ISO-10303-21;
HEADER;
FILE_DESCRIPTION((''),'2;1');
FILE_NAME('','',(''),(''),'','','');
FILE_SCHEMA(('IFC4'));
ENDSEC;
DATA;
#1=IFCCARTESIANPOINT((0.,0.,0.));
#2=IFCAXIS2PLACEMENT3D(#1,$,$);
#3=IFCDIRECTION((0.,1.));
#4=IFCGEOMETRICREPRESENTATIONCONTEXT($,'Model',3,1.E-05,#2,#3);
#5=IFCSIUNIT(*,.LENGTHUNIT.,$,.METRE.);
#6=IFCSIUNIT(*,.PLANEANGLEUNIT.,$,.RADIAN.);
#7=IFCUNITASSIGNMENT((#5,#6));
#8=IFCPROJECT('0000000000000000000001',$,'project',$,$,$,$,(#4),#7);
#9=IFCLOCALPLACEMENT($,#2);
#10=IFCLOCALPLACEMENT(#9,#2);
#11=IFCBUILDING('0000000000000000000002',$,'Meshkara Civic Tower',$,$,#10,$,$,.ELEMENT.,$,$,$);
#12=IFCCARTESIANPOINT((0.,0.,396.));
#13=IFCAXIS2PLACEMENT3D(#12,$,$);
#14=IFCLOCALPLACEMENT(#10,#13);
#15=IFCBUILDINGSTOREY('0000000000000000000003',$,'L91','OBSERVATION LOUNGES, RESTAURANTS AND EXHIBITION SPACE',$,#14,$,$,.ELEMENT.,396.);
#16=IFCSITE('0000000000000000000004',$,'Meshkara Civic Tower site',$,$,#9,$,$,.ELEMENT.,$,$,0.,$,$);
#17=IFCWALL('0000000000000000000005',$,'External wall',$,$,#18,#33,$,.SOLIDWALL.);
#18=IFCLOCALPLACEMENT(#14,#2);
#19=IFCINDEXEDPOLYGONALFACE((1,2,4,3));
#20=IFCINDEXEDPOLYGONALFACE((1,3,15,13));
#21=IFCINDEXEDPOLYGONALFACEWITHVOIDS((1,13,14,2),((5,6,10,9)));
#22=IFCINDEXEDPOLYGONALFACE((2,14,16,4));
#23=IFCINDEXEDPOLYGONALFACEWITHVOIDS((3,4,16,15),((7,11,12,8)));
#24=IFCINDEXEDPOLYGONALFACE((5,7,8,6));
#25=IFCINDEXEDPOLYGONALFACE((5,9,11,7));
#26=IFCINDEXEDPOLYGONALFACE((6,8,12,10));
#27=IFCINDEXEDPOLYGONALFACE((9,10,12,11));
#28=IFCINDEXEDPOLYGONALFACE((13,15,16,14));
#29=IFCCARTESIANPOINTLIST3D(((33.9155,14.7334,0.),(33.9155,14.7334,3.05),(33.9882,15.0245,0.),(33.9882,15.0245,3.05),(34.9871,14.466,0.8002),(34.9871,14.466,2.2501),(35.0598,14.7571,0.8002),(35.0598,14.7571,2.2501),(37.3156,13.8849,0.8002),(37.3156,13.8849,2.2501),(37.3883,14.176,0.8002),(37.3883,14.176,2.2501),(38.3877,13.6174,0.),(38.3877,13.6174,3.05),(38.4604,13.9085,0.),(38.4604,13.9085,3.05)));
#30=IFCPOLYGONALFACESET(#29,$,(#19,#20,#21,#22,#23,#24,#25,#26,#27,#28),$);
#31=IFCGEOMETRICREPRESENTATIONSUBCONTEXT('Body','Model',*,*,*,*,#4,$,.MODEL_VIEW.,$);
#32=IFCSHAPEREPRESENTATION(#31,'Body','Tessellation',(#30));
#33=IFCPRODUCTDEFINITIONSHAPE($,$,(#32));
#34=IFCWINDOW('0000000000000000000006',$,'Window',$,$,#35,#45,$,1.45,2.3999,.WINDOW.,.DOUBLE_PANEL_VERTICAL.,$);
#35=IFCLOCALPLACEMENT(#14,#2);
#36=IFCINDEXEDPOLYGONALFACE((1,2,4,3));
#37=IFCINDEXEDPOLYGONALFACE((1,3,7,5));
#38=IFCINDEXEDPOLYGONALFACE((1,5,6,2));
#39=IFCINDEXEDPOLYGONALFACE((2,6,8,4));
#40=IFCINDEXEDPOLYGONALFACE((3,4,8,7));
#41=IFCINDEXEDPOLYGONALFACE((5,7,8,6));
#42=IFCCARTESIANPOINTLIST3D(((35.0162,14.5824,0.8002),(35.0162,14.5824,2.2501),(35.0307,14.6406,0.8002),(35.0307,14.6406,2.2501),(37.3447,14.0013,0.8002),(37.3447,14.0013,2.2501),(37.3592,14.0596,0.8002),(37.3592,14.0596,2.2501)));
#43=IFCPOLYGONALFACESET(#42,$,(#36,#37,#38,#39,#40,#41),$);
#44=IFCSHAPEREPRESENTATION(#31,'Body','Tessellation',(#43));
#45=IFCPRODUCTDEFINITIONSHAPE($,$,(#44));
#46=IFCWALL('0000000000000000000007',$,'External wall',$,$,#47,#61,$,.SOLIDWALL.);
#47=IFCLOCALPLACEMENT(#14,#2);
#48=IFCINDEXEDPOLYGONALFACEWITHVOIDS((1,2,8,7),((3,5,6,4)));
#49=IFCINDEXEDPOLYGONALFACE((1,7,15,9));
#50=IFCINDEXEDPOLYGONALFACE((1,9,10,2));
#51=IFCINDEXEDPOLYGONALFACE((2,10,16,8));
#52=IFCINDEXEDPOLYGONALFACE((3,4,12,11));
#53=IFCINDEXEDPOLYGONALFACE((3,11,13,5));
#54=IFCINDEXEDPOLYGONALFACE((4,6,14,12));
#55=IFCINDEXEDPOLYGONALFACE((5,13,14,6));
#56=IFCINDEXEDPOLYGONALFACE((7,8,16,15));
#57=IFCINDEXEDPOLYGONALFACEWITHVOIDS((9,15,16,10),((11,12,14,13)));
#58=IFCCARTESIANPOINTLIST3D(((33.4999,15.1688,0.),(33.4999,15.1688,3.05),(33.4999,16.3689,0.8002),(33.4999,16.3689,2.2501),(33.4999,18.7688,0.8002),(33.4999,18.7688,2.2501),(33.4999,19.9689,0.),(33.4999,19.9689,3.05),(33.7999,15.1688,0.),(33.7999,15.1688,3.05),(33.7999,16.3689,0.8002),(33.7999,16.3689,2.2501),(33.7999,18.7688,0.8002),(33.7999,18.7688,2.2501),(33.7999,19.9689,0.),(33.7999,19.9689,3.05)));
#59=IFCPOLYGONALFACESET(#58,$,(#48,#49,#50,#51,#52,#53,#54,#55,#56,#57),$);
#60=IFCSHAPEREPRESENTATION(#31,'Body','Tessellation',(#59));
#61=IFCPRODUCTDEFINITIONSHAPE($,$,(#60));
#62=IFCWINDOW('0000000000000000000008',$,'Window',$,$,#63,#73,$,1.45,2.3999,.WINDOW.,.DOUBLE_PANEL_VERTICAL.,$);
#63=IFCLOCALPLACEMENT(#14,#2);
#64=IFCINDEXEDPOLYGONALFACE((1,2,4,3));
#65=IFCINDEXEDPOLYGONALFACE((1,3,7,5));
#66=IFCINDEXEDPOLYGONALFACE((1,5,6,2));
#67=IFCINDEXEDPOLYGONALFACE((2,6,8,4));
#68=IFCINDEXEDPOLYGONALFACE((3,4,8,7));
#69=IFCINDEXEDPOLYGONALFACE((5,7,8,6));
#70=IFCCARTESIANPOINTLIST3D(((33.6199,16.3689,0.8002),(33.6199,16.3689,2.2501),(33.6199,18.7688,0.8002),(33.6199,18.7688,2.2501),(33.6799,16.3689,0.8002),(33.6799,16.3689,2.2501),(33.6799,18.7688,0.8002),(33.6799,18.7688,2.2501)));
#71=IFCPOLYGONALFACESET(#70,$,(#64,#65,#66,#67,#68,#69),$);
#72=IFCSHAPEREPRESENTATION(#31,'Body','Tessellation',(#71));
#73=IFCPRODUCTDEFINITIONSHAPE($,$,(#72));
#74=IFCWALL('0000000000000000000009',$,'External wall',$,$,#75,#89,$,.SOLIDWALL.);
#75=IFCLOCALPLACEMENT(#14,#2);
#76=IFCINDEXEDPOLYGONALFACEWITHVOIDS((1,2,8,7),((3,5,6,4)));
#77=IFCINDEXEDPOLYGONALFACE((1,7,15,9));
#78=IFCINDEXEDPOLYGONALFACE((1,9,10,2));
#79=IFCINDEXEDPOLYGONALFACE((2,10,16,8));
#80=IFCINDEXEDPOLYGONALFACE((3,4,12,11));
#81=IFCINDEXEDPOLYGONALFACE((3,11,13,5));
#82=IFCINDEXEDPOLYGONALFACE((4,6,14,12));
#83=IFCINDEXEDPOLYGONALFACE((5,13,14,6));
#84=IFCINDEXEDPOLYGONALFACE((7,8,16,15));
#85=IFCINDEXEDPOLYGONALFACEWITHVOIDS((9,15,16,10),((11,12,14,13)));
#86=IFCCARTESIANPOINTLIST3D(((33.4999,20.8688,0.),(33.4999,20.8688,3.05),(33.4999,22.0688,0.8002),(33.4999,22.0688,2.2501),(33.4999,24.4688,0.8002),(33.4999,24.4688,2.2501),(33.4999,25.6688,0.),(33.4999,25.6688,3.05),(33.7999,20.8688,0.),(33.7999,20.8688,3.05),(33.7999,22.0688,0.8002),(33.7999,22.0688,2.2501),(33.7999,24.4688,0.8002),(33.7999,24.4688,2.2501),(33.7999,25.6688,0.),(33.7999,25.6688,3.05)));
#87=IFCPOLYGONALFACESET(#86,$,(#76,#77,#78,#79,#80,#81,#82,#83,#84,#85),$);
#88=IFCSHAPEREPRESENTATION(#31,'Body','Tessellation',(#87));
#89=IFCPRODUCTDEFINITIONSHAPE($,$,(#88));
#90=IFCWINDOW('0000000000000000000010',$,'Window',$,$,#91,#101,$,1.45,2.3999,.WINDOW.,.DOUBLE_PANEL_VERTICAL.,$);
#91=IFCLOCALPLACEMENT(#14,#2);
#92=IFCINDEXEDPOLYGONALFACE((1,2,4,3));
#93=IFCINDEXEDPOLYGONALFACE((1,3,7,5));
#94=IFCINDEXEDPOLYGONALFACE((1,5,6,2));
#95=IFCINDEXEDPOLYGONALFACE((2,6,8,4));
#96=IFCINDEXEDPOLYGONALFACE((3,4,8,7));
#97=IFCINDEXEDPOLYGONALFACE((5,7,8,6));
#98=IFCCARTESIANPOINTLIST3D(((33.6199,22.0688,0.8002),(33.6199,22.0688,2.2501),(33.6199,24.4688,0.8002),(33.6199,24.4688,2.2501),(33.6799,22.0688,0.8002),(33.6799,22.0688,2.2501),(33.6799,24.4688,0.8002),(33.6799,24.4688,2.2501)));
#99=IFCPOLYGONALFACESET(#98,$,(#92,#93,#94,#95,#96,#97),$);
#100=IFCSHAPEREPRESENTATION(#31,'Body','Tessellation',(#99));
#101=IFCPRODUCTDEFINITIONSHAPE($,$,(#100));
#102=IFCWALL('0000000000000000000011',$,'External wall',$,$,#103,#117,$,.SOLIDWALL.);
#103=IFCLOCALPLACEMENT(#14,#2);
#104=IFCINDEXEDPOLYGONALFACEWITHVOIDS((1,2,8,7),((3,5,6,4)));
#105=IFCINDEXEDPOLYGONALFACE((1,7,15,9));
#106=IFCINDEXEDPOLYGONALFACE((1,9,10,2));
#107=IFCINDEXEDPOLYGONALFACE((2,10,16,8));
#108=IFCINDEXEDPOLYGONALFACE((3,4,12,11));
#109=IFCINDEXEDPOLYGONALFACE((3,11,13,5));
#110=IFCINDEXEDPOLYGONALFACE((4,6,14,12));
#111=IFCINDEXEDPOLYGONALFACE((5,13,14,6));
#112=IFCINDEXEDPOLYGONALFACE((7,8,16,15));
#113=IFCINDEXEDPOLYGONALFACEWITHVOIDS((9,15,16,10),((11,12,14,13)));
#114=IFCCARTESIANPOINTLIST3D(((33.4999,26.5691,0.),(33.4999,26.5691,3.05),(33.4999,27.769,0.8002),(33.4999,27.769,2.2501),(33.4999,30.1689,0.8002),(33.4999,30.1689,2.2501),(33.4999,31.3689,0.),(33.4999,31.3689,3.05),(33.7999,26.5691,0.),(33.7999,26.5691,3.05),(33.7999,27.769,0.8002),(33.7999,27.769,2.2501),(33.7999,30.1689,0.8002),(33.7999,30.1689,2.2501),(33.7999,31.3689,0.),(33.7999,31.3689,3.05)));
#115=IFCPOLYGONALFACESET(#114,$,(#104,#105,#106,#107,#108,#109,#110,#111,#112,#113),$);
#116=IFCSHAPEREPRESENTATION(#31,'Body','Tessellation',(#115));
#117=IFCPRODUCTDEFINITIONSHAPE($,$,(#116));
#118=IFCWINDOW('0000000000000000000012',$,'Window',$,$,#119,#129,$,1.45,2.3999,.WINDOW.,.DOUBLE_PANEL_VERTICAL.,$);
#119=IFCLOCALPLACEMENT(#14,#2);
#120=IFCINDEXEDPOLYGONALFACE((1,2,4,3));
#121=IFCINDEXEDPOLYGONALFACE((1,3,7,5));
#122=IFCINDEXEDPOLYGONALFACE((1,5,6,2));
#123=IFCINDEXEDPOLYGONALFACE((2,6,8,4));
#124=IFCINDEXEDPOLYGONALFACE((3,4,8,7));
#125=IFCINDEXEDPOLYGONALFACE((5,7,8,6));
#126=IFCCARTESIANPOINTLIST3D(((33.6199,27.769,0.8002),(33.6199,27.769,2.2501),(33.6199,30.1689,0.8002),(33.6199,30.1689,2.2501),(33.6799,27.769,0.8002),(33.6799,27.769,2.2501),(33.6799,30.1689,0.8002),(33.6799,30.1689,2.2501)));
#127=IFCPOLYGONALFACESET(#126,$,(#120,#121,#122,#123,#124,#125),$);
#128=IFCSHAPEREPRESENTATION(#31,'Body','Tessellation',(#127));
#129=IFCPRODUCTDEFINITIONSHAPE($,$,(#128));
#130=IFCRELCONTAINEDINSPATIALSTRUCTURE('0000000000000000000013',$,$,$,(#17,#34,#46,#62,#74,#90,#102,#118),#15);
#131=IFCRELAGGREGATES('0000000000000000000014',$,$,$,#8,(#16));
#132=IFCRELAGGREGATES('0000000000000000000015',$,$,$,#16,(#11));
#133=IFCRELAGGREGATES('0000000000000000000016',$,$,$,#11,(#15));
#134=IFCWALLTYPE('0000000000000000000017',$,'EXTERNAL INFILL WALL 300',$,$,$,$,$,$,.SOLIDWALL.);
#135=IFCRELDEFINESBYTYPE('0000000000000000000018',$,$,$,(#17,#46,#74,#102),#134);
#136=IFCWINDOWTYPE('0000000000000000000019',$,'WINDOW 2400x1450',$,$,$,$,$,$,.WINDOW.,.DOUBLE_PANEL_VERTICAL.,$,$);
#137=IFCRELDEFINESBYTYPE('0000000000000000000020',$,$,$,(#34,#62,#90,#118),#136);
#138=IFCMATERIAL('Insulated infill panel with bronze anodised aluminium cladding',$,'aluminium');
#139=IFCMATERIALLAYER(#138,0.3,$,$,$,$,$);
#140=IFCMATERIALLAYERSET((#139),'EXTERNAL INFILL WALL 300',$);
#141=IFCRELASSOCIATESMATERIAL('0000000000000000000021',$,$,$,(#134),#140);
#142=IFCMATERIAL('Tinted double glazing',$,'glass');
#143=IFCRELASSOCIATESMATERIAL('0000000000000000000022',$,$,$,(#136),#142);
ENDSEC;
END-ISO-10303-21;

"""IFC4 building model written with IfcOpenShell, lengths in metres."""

from ifc_helpers import new_model, si_unit, direction, frame, frame_2d, origin, place, context, subcontext, project, spatial, rectangle, extrude, material, layer, layer_set, type_object, element, fill, save


model = new_model("IFC4")

# Units and contexts
model_context = context("Model", 3, precision=1e-05, world=origin(), true_north=direction((0.0, 1.0)))
body_context = subcontext(model_context, "Body", "Model", "MODEL_VIEW")
ifc_project = project(units=[si_unit("LENGTHUNIT", "METRE"), si_unit("PLANEANGLEUNIT", "RADIAN")], contexts=[model_context])

# Site, building, storey
site_placement = place(None, origin())
site = spatial("IfcSite", under=ifc_project, at=site_placement, Name="Meshkara Civic Tower site", CompositionType="ELEMENT", RefElevation=0.0)
building_placement = place(site_placement, origin())
building = spatial("IfcBuilding", under=site, at=building_placement, Name="Meshkara Civic Tower", CompositionType="ELEMENT")
storey_placement = place(building_placement, frame((0.0, 0.0, 396.0)))
storey = spatial("IfcBuildingStorey", under=building, at=storey_placement, Name="L91", Description="OBSERVATION LOUNGES, RESTAURANTS AND EXHIBITION SPACE", CompositionType="ELEMENT", Elevation=396.0)

# Walls, openings, windows
ifc_material_1 = material(Name="Insulated infill panel with bronze anodised aluminium cladding", Category="aluminium")
ifc_layer_1 = layer(ifc_material_1, 0.3)
ifc_layer_set_1 = layer_set([ifc_layer_1], Name="EXTERNAL INFILL WALL 300")
wall_type_1 = type_object("IfcWallType", Name="EXTERNAL INFILL WALL 300", PredefinedType="SOLIDWALL", material=ifc_layer_set_1)
ifc_material_2 = material(Name="Tinted double glazing", Category="glass")
window_type = type_object("IfcWindowType", Name="WINDOW 2400x1450", PartitioningType="DOUBLE_PANEL_VERTICAL", PredefinedType="WINDOW", material=ifc_material_2)
wall_1_placement = place(storey_placement, frame((38.4241, 13.7629, 0.0), z_axis=(0.0, 0.0, 1.0), x_axis=(-0.970248, 0.242112, 0.0)))
wall_1 = element("IfcWall", 1, at=wall_1_placement, inside=storey, type_object=wall_type_1, Name="External wall", PredefinedType="SOLIDWALL", context=body_context, shape_type="SweptSolid", body=[
    extrude(rectangle(XDim=4.6094, YDim=0.3, at=frame_2d((2.3047, 0.0))), origin(), (0.0, 0.0, 1.0), 3.05),
])
opening_1_placement = place(wall_1_placement, frame((1.105, 0.0, 0.8)))
opening_1 = element("IfcOpeningElement", 2, at=opening_1_placement, cuts=wall_1, PredefinedType="OPENING", context=body_context, shape_type="SweptSolid", body=[
    extrude(rectangle(XDim=2.3999, YDim=1.45, at=frame_2d((1.2, 0.7251))), frame((0.0, 0.1599, 0.0), z_axis=(0.0, -1.0, 0.0), x_axis=(1.0, 0.0, 0.0)), (0.0, 0.0, 1.0), 0.3201),
])
window_1_placement = place(opening_1_placement, origin())
window_1 = element("IfcWindow", 3, at=window_1_placement, inside=storey, type_object=window_type, Name="Window", OverallHeight=1.45, OverallWidth=2.3999, PartitioningType="DOUBLE_PANEL_VERTICAL", PredefinedType="WINDOW", context=body_context, shape_type="SweptSolid", body=[
    extrude(rectangle(XDim=2.3999, YDim=1.45, at=frame_2d((1.2, 0.7251))), frame((0.0, 0.03, 0.0), z_axis=(0.0, -1.0, 0.0), x_axis=(1.0, 0.0, 0.0)), (0.0, 0.0, 1.0), 0.0601),
])
fill(opening_1, window_1)
wall_2_placement = place(storey_placement, frame((33.6499, 15.1689, 0.0), z_axis=(0.0, 0.0, 1.0), x_axis=(0.0, 1.0, 0.0)))
wall_2 = element("IfcWall", 4, at=wall_2_placement, inside=storey, type_object=wall_type_1, Name="External wall", PredefinedType="SOLIDWALL", context=body_context, shape_type="SweptSolid", body=[
    extrude(rectangle(XDim=4.8, YDim=0.3, at=frame_2d((2.3999, 0.0))), origin(), (0.0, 0.0, 1.0), 3.05),
])
opening_2_placement = place(wall_2_placement, frame((1.2, 0.0, 0.8)))
opening_2 = element("IfcOpeningElement", 5, at=opening_2_placement, cuts=wall_2, PredefinedType="OPENING", context=body_context, shape_type="SweptSolid", body=[
    extrude(rectangle(XDim=2.3999, YDim=1.45, at=frame_2d((1.2, 0.7251))), frame((0.0, 0.1599, 0.0), z_axis=(0.0, -1.0, 0.0), x_axis=(1.0, 0.0, 0.0)), (0.0, 0.0, 1.0), 0.3201),
])
window_2_placement = place(opening_2_placement, origin())
window_2 = element("IfcWindow", 6, at=window_2_placement, inside=storey, type_object=window_type, Name="Window", OverallHeight=1.45, OverallWidth=2.3999, PartitioningType="DOUBLE_PANEL_VERTICAL", PredefinedType="WINDOW", context=body_context, shape_type="SweptSolid", body=[
    extrude(rectangle(XDim=2.3999, YDim=1.45, at=frame_2d((1.2, 0.7251))), frame((0.0, 0.03, 0.0), z_axis=(0.0, -1.0, 0.0), x_axis=(1.0, 0.0, 0.0)), (0.0, 0.0, 1.0), 0.0601),
])
fill(opening_2, window_2)
wall_3_placement = place(storey_placement, frame((33.6499, 20.8689, 0.0), z_axis=(0.0, 0.0, 1.0), x_axis=(0.0, 1.0, 0.0)))
wall_3 = element("IfcWall", 7, at=wall_3_placement, inside=storey, type_object=wall_type_1, Name="External wall", PredefinedType="SOLIDWALL", context=body_context, shape_type="SweptSolid", body=[
    extrude(rectangle(XDim=4.8, YDim=0.3, at=frame_2d((2.3999, 0.0))), origin(), (0.0, 0.0, 1.0), 3.05),
])
opening_3_placement = place(wall_3_placement, frame((1.2, 0.0, 0.8)))
opening_3 = element("IfcOpeningElement", 8, at=opening_3_placement, cuts=wall_3, PredefinedType="OPENING", context=body_context, shape_type="SweptSolid", body=[
    extrude(rectangle(XDim=2.3999, YDim=1.45, at=frame_2d((1.2, 0.7251))), frame((0.0, 0.1599, 0.0), z_axis=(0.0, -1.0, 0.0), x_axis=(1.0, 0.0, 0.0)), (0.0, 0.0, 1.0), 0.3201),
])
window_3_placement = place(opening_3_placement, origin())
window_3 = element("IfcWindow", 9, at=window_3_placement, inside=storey, type_object=window_type, Name="Window", OverallHeight=1.45, OverallWidth=2.3999, PartitioningType="DOUBLE_PANEL_VERTICAL", PredefinedType="WINDOW", context=body_context, shape_type="SweptSolid", body=[
    extrude(rectangle(XDim=2.3999, YDim=1.45, at=frame_2d((1.2, 0.7251))), frame((0.0, 0.03, 0.0), z_axis=(0.0, -1.0, 0.0), x_axis=(1.0, 0.0, 0.0)), (0.0, 0.0, 1.0), 0.0601),
])
fill(opening_3, window_3)
wall_4_placement = place(storey_placement, frame((33.6499, 26.5691, 0.0), z_axis=(0.0, 0.0, 1.0), x_axis=(0.0, 1.0, 0.0)))
wall_4 = element("IfcWall", 10, at=wall_4_placement, inside=storey, type_object=wall_type_1, Name="External wall", PredefinedType="SOLIDWALL", context=body_context, shape_type="SweptSolid", body=[
    extrude(rectangle(XDim=4.7998, YDim=0.3, at=frame_2d((2.3999, 0.0))), origin(), (0.0, 0.0, 1.0), 3.05),
])
opening_4_placement = place(wall_4_placement, frame((1.2, 0.0, 0.8)))
opening_4 = element("IfcOpeningElement", 11, at=opening_4_placement, cuts=wall_4, PredefinedType="OPENING", context=body_context, shape_type="SweptSolid", body=[
    extrude(rectangle(XDim=2.3999, YDim=1.45, at=frame_2d((1.2, 0.7251))), frame((0.0, 0.1599, 0.0), z_axis=(0.0, -1.0, 0.0), x_axis=(1.0, 0.0, 0.0)), (0.0, 0.0, 1.0), 0.3201),
])
window_4_placement = place(opening_4_placement, origin())
window_4 = element("IfcWindow", 12, at=window_4_placement, inside=storey, type_object=window_type, Name="Window", OverallHeight=1.45, OverallWidth=2.3999, PartitioningType="DOUBLE_PANEL_VERTICAL", PredefinedType="WINDOW", context=body_context, shape_type="SweptSolid", body=[
    extrude(rectangle(XDim=2.3999, YDim=1.45, at=frame_2d((1.2, 0.7251))), frame((0.0, 0.03, 0.0), z_axis=(0.0, -1.0, 0.0), x_axis=(1.0, 0.0, 0.0)), (0.0, 0.0, 1.0), 0.0601),
])
fill(opening_4, window_4)

save(model, "model.ifc")
